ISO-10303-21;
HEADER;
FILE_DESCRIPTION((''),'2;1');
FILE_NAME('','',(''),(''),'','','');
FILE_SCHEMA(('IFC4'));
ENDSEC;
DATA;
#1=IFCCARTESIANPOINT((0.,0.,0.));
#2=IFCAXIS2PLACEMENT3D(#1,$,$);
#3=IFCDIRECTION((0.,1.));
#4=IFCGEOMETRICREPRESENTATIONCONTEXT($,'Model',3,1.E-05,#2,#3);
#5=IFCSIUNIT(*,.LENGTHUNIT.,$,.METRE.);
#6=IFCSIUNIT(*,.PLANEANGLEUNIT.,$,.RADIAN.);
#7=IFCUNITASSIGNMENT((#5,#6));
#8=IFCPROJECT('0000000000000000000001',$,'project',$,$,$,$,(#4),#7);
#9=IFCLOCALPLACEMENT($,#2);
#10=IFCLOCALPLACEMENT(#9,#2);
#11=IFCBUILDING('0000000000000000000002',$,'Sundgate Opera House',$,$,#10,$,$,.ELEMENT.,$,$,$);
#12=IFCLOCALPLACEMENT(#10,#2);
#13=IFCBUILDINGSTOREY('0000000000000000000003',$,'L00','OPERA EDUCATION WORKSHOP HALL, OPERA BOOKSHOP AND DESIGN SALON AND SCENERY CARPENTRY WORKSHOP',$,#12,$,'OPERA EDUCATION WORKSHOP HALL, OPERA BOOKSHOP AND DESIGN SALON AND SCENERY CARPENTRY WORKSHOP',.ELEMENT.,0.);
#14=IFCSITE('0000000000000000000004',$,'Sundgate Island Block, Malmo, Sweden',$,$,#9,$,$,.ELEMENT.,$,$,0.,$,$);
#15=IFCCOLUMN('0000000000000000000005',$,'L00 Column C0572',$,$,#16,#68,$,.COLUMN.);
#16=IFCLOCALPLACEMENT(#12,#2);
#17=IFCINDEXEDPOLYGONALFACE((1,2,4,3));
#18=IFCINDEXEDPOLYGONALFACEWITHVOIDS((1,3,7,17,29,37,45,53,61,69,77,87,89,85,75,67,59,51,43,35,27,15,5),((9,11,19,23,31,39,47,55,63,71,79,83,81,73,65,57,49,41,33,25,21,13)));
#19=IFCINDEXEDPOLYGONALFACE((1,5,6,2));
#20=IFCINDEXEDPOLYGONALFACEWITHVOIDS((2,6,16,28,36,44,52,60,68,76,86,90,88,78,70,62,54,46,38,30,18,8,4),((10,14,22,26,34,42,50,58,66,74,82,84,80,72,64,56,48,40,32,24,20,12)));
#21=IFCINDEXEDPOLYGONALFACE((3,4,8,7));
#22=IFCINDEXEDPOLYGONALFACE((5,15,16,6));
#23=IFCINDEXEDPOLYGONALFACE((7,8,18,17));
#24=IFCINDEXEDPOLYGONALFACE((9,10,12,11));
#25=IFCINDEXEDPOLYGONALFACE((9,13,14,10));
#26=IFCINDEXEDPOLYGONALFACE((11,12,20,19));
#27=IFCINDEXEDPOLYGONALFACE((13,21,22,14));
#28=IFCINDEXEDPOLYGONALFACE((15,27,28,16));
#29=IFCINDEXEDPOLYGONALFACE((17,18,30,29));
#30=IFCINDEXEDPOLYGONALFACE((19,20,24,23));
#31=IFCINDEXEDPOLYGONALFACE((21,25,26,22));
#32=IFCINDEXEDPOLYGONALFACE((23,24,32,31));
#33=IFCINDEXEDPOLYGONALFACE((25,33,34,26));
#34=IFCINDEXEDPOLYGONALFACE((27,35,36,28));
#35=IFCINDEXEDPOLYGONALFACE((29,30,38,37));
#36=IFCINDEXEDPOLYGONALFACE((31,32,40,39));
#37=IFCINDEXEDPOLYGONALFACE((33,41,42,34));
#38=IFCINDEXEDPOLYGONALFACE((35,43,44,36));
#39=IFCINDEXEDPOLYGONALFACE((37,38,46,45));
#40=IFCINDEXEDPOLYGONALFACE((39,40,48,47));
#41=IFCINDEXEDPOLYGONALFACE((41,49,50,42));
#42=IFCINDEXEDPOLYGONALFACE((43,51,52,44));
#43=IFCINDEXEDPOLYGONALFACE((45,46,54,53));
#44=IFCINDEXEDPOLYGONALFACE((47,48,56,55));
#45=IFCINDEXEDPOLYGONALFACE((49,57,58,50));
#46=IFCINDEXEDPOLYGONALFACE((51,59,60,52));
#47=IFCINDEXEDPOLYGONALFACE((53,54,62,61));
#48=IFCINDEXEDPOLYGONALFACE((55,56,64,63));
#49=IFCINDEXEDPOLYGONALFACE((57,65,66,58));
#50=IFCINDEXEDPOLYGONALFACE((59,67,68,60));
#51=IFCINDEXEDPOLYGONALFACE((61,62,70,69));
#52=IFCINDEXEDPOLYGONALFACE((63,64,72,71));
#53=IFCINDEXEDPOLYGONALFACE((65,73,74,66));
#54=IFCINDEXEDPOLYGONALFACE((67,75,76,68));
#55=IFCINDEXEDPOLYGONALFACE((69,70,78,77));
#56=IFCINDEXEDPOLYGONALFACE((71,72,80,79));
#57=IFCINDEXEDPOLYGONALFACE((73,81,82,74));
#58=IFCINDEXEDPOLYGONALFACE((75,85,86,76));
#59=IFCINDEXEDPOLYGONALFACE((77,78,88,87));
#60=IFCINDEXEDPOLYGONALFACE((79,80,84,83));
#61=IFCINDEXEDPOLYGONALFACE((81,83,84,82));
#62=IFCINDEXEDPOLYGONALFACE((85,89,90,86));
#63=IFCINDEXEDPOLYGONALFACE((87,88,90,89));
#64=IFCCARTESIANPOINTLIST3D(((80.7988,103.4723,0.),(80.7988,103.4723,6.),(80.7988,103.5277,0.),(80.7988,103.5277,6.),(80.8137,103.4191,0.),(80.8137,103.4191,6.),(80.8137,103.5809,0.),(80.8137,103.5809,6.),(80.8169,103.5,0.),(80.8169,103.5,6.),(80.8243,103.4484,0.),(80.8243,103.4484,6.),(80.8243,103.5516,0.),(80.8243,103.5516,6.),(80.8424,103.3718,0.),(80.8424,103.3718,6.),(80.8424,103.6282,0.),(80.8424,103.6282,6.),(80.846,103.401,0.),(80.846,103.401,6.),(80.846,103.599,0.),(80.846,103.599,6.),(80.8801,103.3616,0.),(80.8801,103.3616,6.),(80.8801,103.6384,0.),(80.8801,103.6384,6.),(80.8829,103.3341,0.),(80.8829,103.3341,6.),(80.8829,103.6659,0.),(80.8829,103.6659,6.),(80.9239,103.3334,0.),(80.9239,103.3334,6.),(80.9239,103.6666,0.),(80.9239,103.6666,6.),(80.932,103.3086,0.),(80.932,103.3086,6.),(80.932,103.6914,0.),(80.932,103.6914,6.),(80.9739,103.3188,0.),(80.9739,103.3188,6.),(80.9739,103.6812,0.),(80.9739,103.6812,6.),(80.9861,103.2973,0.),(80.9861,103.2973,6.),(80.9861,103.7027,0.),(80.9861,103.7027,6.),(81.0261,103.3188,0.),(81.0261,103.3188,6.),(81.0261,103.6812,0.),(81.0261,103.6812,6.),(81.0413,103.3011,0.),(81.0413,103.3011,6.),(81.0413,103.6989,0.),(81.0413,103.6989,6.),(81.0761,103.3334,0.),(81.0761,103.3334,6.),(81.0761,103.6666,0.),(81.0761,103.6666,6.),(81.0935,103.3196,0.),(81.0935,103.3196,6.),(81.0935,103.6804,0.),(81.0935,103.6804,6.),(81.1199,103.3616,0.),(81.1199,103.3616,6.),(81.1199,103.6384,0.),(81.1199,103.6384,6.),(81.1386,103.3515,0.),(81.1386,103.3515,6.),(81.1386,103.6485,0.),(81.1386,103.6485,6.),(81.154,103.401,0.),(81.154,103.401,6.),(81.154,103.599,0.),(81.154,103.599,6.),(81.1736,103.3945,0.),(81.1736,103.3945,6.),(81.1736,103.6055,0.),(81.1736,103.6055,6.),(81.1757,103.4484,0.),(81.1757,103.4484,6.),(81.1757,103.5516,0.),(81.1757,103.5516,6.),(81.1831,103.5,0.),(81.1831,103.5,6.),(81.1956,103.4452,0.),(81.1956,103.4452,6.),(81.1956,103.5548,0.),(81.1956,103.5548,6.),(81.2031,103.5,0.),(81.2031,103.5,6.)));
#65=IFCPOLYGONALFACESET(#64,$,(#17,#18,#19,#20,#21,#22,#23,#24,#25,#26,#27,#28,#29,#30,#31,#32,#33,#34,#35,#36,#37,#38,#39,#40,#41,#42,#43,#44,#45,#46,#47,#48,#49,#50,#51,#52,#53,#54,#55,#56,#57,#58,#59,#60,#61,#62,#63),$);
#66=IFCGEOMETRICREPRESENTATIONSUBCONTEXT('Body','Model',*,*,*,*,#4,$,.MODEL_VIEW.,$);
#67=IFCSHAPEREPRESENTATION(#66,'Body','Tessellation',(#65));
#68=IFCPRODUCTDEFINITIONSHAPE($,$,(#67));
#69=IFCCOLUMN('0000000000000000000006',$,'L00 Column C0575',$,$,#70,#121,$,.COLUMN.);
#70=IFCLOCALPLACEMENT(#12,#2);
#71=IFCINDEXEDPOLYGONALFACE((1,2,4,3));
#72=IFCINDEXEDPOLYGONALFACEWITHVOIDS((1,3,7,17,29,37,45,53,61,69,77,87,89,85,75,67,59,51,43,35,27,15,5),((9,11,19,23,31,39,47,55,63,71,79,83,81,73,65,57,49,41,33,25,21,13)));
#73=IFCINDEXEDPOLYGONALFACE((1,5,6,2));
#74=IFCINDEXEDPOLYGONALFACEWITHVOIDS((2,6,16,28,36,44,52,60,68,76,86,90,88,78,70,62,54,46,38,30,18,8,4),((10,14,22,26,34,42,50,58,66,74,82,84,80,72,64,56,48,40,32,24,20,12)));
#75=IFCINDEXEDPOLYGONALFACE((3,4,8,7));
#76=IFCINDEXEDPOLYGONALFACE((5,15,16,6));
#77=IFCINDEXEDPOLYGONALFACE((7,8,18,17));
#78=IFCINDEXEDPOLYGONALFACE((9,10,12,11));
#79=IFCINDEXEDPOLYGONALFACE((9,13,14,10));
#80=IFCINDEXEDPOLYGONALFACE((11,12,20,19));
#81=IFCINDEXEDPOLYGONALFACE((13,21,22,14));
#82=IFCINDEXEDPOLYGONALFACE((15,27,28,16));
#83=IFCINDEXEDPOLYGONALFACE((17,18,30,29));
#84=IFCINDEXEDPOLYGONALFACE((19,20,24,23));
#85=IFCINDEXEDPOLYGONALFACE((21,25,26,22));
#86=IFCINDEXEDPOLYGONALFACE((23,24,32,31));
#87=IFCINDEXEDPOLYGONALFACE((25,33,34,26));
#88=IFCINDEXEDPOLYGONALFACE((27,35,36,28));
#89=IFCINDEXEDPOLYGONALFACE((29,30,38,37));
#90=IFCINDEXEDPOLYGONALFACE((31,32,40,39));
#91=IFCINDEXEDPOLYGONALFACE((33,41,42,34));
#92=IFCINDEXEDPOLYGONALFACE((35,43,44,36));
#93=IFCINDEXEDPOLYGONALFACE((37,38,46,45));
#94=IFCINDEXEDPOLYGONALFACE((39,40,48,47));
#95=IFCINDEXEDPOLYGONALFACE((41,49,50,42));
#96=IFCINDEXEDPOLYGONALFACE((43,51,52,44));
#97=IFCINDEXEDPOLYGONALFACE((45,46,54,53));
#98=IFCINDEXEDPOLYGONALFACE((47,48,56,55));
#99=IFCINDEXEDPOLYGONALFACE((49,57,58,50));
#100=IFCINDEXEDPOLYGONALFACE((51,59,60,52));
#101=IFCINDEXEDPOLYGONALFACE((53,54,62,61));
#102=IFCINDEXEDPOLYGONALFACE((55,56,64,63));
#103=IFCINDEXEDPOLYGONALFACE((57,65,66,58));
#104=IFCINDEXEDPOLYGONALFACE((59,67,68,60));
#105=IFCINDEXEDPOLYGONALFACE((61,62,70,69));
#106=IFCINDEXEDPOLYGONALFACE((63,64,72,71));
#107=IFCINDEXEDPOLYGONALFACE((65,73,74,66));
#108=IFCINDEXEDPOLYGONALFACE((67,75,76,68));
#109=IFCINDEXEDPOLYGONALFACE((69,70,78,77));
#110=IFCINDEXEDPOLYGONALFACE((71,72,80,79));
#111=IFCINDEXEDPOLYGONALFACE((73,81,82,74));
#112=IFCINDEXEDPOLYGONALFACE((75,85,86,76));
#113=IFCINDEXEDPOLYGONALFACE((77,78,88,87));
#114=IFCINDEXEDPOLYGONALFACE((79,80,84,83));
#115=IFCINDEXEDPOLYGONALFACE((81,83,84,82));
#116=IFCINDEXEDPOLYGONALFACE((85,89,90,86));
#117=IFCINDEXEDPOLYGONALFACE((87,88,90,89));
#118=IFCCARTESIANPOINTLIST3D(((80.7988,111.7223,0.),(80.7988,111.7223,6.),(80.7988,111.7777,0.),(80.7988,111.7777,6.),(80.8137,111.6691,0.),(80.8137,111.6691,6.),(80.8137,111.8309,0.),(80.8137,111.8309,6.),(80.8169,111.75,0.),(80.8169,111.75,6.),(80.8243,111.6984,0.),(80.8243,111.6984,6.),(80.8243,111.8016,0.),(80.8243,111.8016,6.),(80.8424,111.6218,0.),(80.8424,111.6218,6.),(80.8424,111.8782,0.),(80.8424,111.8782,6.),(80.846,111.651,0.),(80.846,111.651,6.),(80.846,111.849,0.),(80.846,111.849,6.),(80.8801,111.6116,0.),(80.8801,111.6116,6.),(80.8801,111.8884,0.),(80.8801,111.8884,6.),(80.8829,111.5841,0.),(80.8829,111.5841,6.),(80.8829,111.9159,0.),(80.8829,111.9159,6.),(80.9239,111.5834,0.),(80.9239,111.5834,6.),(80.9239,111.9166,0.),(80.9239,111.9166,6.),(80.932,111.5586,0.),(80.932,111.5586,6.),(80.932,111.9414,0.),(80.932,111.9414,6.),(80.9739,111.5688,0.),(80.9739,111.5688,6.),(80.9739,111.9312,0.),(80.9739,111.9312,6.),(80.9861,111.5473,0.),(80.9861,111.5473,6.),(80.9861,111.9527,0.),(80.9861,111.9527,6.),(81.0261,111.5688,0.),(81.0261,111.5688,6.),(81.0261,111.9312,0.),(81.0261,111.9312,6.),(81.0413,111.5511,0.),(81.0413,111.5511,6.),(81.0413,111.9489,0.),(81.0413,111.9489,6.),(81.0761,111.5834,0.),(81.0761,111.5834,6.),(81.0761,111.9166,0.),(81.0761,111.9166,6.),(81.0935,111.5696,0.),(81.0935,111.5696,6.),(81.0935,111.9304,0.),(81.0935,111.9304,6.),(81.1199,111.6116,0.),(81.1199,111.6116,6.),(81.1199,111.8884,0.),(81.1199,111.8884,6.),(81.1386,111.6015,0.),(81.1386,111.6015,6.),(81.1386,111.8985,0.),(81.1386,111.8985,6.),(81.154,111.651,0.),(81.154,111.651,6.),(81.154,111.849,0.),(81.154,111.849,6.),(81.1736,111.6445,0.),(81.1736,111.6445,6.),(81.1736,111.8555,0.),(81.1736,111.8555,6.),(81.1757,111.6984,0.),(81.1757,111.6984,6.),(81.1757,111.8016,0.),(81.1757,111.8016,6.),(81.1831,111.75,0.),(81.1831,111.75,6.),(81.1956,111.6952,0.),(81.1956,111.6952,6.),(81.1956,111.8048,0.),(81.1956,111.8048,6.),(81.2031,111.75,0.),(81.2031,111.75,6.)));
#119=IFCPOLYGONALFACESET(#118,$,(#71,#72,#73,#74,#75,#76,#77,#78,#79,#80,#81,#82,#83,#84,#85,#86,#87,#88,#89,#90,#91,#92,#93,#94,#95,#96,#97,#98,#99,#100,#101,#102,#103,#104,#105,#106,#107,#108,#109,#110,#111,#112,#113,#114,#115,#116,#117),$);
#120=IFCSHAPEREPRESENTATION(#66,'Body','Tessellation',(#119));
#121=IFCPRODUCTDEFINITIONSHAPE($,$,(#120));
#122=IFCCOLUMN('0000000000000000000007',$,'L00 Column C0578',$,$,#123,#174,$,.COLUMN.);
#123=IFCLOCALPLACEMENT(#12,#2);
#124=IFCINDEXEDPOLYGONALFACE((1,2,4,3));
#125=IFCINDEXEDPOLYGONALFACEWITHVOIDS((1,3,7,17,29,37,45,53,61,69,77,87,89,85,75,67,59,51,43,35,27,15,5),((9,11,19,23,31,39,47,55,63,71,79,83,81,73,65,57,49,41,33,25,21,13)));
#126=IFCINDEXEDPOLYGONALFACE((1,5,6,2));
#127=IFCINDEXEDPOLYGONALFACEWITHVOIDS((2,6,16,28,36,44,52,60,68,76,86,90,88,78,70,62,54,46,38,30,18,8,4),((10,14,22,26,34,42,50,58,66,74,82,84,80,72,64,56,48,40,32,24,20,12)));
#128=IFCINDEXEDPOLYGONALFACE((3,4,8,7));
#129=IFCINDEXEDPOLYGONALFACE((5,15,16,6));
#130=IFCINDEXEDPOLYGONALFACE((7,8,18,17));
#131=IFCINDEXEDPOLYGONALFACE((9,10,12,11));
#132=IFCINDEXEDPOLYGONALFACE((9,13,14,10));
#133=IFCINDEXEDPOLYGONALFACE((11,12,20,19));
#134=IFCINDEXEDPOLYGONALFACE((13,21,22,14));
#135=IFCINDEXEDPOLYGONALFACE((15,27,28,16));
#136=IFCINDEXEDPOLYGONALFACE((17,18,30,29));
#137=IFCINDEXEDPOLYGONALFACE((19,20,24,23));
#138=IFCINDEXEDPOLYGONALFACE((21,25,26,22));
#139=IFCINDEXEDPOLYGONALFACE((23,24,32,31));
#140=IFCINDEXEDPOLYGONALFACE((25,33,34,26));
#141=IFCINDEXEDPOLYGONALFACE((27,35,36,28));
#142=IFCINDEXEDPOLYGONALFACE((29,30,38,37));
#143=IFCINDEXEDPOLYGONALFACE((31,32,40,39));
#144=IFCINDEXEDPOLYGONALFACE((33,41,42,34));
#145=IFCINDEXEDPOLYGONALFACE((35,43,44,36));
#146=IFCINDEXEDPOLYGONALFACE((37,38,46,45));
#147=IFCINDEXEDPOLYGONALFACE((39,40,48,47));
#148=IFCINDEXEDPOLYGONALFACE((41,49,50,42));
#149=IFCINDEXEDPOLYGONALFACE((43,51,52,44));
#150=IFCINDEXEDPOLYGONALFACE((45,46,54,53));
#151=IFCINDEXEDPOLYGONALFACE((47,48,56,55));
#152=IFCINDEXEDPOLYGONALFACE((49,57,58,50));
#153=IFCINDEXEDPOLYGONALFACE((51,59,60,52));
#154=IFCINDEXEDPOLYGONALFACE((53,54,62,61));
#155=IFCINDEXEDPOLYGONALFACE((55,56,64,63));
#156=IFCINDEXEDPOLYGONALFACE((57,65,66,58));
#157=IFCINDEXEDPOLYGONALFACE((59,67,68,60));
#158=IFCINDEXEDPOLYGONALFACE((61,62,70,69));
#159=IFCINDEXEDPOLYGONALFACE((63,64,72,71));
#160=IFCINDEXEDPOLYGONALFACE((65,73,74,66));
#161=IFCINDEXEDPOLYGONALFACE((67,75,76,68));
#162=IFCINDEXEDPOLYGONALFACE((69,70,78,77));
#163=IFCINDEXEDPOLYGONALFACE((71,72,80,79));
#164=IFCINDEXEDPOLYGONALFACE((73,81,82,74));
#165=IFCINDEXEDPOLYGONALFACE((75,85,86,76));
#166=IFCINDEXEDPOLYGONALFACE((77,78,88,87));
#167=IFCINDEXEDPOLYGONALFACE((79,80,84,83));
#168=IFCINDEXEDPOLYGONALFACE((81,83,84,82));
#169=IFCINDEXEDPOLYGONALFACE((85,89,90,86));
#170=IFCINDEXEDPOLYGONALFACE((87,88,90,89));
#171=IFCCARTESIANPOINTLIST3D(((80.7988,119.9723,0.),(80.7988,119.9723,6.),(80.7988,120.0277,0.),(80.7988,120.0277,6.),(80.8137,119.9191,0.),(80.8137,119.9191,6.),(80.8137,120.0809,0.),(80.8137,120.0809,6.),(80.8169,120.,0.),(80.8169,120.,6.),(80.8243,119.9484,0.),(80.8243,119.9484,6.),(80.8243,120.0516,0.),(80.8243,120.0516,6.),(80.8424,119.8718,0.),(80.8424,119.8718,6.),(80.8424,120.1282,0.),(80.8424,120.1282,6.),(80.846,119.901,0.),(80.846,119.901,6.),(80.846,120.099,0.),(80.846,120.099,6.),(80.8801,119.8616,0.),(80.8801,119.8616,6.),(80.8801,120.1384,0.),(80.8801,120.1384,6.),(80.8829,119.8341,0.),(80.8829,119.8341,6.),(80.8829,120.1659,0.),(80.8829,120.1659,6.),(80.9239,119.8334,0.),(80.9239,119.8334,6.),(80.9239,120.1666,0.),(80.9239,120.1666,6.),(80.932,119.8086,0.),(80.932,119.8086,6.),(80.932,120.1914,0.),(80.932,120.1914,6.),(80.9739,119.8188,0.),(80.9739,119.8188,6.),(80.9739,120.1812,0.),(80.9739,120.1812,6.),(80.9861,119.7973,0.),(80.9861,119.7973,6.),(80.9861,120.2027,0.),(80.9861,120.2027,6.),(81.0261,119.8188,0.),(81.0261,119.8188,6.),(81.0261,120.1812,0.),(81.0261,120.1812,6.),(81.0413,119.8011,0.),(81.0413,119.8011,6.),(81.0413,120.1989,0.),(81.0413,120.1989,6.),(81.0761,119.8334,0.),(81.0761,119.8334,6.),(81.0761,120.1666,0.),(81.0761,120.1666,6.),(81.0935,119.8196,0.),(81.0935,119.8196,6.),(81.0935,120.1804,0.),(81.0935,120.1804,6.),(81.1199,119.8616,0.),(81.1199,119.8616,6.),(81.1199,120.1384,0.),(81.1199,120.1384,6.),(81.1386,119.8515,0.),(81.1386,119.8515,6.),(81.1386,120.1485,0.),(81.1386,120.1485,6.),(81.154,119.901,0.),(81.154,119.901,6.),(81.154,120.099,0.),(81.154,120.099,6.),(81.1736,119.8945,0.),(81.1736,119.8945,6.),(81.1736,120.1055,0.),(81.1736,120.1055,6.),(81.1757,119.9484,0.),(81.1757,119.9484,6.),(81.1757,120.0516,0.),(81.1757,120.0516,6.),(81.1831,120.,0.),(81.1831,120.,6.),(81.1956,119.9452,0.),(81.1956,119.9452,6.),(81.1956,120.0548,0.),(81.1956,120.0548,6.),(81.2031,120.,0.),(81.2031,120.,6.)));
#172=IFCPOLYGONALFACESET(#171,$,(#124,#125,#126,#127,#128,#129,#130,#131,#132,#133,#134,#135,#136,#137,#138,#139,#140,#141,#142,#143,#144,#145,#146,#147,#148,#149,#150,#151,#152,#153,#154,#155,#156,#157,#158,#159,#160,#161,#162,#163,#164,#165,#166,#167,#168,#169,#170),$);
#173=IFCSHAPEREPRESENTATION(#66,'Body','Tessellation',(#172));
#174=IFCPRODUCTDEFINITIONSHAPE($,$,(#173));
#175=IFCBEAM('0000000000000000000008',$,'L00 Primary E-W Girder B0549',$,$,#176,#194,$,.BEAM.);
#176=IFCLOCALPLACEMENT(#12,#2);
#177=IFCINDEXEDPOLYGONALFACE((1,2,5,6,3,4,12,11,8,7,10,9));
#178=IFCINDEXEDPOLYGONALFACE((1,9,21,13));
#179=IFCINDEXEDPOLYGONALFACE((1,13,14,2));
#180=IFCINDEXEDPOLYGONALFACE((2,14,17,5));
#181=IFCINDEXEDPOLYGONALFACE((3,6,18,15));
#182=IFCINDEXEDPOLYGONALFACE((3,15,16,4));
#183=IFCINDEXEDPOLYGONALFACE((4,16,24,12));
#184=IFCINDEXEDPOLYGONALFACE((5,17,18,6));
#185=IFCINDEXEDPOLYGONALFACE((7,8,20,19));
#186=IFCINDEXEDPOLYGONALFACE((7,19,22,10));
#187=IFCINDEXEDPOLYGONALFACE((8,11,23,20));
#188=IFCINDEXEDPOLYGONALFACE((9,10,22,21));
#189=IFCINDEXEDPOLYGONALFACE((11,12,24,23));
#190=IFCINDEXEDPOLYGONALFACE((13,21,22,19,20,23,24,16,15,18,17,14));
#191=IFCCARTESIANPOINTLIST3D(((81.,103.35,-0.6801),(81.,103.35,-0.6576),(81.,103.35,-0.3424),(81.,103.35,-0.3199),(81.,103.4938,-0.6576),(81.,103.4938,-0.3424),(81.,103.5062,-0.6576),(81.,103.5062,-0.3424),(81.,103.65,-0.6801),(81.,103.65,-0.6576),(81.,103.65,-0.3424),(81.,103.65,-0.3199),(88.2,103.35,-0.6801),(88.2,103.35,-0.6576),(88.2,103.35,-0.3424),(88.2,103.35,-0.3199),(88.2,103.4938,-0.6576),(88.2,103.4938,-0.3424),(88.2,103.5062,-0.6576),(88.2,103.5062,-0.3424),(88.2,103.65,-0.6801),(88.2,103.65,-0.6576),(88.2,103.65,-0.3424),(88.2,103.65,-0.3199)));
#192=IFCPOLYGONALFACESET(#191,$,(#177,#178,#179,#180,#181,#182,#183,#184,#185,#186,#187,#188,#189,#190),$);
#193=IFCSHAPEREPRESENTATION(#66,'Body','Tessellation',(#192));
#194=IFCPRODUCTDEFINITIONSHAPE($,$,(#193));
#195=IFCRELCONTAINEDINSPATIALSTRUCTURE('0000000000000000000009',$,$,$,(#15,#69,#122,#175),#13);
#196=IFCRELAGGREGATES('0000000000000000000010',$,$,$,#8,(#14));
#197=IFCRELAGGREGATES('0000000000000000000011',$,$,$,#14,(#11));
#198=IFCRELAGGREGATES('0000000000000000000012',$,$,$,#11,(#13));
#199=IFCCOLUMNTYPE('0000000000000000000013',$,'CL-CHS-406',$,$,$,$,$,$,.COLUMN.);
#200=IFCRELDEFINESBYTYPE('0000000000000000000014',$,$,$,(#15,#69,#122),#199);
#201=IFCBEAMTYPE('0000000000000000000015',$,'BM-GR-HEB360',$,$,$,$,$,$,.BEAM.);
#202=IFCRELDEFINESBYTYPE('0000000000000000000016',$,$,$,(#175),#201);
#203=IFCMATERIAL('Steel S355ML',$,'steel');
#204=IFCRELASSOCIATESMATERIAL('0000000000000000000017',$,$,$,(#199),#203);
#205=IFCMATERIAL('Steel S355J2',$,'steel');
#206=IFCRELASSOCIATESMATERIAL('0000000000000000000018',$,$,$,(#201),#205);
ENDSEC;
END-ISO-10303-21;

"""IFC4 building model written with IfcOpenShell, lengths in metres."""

from ifc_helpers import new_model, si_unit, direction, frame, origin, origin_2d, place, context, subcontext, project, spatial, hollow_circle, i_section, extrude, material, material_profile, profile_set, type_object, element, save


model = new_model("IFC4")

# Units and contexts
model_context = context("Model", 3, precision=1e-05, world=origin(), true_north=direction((0.0, 1.0)))
body_context = subcontext(model_context, "Body", "Model", "MODEL_VIEW")
ifc_project = project(units=[si_unit("LENGTHUNIT", "METRE"), si_unit("PLANEANGLEUNIT", "RADIAN")], contexts=[model_context])

# Site, building, storey
site_placement = place(None, origin())
site = spatial("IfcSite", under=ifc_project, at=site_placement, Name="Sundgate Island Block, Malmo, Sweden", CompositionType="ELEMENT", RefElevation=0.0)
building_placement = place(site_placement, origin())
building = spatial("IfcBuilding", under=site, at=building_placement, Name="Sundgate Opera House", CompositionType="ELEMENT")
storey_placement = place(building_placement, origin())
storey = spatial("IfcBuildingStorey", under=building, at=storey_placement, Name="L00", Description="OPERA EDUCATION WORKSHOP HALL, OPERA BOOKSHOP AND DESIGN SALON AND SCENERY CARPENTRY WORKSHOP", LongName="OPERA EDUCATION WORKSHOP HALL, OPERA BOOKSHOP AND DESIGN SALON AND SCENERY CARPENTRY WORKSHOP", CompositionType="ELEMENT", Elevation=0.0)

# Columns
ifc_material_1 = material(Name="Steel S355ML", Category="steel")
ifc_material_profile_1 = material_profile(ifc_material_1, hollow_circle(Radius=0.2031, WallThickness=0.02, at=origin_2d()), Name="CHS 406.4x20.0")
ifc_profile_set_1 = profile_set([ifc_material_profile_1], Name="Steel S355ML")
column_type = type_object("IfcColumnType", Name="CL-CHS-406", PredefinedType="COLUMN", material=ifc_profile_set_1)
for number, where, z_axis, x_axis, name in (
    (1, (81.0, 103.5, 0.0), (0.0, 0.0, 1.0), (1.0, 0.0, 0.0), "L00 Column C0572"),
    (2, (81.0, 111.75, 0.0), (0.0, 0.0, 1.0), (1.0, 0.0, 0.0), "L00 Column C0575"),
    (3, (81.0, 120.0, 0.0), (0.0, 0.0, 1.0), (1.0, 0.0, 0.0), "L00 Column C0578"),
):
    element("IfcColumn", number, at=place(storey_placement, frame(where, z_axis=z_axis, x_axis=x_axis)), inside=storey, type_object=column_type, Name=name, PredefinedType="COLUMN", context=body_context, shape_type="SweptSolid", body=[
        extrude(hollow_circle(Radius=0.2031, WallThickness=0.02, at=origin_2d()), origin(), (0.0, 0.0, 1.0), 6.0),
    ])

# Beam
ifc_material_2 = material(Name="Steel S355J2", Category="steel")
ifc_material_profile_2 = material_profile(ifc_material_2, i_section(OverallWidth=0.3, OverallDepth=0.3601, WebThickness=0.0125, FlangeThickness=0.0225, at=origin_2d()), Name="HEB 360")
ifc_profile_set_2 = profile_set([ifc_material_profile_2], Name="Steel S355J2")
beam_type_1 = type_object("IfcBeamType", Name="BM-GR-HEB360", PredefinedType="BEAM", material=ifc_profile_set_2)
beam_1_placement = place(storey_placement, frame((81.0, 103.5, -0.5), z_axis=(1.0, 0.0, 0.0), x_axis=(0.0, 1.0, 0.0)))
element("IfcBeam", 4, at=beam_1_placement, inside=storey, type_object=beam_type_1, Name="L00 Primary E-W Girder B0549", PredefinedType="BEAM", context=body_context, shape_type="SweptSolid", body=[
    extrude(i_section(OverallWidth=0.3, OverallDepth=0.3601, WebThickness=0.0125, FlangeThickness=0.0225, at=origin_2d()), origin(), (0.0, 0.0, 1.0), 7.2),
])

save(model, "model.ifc")
